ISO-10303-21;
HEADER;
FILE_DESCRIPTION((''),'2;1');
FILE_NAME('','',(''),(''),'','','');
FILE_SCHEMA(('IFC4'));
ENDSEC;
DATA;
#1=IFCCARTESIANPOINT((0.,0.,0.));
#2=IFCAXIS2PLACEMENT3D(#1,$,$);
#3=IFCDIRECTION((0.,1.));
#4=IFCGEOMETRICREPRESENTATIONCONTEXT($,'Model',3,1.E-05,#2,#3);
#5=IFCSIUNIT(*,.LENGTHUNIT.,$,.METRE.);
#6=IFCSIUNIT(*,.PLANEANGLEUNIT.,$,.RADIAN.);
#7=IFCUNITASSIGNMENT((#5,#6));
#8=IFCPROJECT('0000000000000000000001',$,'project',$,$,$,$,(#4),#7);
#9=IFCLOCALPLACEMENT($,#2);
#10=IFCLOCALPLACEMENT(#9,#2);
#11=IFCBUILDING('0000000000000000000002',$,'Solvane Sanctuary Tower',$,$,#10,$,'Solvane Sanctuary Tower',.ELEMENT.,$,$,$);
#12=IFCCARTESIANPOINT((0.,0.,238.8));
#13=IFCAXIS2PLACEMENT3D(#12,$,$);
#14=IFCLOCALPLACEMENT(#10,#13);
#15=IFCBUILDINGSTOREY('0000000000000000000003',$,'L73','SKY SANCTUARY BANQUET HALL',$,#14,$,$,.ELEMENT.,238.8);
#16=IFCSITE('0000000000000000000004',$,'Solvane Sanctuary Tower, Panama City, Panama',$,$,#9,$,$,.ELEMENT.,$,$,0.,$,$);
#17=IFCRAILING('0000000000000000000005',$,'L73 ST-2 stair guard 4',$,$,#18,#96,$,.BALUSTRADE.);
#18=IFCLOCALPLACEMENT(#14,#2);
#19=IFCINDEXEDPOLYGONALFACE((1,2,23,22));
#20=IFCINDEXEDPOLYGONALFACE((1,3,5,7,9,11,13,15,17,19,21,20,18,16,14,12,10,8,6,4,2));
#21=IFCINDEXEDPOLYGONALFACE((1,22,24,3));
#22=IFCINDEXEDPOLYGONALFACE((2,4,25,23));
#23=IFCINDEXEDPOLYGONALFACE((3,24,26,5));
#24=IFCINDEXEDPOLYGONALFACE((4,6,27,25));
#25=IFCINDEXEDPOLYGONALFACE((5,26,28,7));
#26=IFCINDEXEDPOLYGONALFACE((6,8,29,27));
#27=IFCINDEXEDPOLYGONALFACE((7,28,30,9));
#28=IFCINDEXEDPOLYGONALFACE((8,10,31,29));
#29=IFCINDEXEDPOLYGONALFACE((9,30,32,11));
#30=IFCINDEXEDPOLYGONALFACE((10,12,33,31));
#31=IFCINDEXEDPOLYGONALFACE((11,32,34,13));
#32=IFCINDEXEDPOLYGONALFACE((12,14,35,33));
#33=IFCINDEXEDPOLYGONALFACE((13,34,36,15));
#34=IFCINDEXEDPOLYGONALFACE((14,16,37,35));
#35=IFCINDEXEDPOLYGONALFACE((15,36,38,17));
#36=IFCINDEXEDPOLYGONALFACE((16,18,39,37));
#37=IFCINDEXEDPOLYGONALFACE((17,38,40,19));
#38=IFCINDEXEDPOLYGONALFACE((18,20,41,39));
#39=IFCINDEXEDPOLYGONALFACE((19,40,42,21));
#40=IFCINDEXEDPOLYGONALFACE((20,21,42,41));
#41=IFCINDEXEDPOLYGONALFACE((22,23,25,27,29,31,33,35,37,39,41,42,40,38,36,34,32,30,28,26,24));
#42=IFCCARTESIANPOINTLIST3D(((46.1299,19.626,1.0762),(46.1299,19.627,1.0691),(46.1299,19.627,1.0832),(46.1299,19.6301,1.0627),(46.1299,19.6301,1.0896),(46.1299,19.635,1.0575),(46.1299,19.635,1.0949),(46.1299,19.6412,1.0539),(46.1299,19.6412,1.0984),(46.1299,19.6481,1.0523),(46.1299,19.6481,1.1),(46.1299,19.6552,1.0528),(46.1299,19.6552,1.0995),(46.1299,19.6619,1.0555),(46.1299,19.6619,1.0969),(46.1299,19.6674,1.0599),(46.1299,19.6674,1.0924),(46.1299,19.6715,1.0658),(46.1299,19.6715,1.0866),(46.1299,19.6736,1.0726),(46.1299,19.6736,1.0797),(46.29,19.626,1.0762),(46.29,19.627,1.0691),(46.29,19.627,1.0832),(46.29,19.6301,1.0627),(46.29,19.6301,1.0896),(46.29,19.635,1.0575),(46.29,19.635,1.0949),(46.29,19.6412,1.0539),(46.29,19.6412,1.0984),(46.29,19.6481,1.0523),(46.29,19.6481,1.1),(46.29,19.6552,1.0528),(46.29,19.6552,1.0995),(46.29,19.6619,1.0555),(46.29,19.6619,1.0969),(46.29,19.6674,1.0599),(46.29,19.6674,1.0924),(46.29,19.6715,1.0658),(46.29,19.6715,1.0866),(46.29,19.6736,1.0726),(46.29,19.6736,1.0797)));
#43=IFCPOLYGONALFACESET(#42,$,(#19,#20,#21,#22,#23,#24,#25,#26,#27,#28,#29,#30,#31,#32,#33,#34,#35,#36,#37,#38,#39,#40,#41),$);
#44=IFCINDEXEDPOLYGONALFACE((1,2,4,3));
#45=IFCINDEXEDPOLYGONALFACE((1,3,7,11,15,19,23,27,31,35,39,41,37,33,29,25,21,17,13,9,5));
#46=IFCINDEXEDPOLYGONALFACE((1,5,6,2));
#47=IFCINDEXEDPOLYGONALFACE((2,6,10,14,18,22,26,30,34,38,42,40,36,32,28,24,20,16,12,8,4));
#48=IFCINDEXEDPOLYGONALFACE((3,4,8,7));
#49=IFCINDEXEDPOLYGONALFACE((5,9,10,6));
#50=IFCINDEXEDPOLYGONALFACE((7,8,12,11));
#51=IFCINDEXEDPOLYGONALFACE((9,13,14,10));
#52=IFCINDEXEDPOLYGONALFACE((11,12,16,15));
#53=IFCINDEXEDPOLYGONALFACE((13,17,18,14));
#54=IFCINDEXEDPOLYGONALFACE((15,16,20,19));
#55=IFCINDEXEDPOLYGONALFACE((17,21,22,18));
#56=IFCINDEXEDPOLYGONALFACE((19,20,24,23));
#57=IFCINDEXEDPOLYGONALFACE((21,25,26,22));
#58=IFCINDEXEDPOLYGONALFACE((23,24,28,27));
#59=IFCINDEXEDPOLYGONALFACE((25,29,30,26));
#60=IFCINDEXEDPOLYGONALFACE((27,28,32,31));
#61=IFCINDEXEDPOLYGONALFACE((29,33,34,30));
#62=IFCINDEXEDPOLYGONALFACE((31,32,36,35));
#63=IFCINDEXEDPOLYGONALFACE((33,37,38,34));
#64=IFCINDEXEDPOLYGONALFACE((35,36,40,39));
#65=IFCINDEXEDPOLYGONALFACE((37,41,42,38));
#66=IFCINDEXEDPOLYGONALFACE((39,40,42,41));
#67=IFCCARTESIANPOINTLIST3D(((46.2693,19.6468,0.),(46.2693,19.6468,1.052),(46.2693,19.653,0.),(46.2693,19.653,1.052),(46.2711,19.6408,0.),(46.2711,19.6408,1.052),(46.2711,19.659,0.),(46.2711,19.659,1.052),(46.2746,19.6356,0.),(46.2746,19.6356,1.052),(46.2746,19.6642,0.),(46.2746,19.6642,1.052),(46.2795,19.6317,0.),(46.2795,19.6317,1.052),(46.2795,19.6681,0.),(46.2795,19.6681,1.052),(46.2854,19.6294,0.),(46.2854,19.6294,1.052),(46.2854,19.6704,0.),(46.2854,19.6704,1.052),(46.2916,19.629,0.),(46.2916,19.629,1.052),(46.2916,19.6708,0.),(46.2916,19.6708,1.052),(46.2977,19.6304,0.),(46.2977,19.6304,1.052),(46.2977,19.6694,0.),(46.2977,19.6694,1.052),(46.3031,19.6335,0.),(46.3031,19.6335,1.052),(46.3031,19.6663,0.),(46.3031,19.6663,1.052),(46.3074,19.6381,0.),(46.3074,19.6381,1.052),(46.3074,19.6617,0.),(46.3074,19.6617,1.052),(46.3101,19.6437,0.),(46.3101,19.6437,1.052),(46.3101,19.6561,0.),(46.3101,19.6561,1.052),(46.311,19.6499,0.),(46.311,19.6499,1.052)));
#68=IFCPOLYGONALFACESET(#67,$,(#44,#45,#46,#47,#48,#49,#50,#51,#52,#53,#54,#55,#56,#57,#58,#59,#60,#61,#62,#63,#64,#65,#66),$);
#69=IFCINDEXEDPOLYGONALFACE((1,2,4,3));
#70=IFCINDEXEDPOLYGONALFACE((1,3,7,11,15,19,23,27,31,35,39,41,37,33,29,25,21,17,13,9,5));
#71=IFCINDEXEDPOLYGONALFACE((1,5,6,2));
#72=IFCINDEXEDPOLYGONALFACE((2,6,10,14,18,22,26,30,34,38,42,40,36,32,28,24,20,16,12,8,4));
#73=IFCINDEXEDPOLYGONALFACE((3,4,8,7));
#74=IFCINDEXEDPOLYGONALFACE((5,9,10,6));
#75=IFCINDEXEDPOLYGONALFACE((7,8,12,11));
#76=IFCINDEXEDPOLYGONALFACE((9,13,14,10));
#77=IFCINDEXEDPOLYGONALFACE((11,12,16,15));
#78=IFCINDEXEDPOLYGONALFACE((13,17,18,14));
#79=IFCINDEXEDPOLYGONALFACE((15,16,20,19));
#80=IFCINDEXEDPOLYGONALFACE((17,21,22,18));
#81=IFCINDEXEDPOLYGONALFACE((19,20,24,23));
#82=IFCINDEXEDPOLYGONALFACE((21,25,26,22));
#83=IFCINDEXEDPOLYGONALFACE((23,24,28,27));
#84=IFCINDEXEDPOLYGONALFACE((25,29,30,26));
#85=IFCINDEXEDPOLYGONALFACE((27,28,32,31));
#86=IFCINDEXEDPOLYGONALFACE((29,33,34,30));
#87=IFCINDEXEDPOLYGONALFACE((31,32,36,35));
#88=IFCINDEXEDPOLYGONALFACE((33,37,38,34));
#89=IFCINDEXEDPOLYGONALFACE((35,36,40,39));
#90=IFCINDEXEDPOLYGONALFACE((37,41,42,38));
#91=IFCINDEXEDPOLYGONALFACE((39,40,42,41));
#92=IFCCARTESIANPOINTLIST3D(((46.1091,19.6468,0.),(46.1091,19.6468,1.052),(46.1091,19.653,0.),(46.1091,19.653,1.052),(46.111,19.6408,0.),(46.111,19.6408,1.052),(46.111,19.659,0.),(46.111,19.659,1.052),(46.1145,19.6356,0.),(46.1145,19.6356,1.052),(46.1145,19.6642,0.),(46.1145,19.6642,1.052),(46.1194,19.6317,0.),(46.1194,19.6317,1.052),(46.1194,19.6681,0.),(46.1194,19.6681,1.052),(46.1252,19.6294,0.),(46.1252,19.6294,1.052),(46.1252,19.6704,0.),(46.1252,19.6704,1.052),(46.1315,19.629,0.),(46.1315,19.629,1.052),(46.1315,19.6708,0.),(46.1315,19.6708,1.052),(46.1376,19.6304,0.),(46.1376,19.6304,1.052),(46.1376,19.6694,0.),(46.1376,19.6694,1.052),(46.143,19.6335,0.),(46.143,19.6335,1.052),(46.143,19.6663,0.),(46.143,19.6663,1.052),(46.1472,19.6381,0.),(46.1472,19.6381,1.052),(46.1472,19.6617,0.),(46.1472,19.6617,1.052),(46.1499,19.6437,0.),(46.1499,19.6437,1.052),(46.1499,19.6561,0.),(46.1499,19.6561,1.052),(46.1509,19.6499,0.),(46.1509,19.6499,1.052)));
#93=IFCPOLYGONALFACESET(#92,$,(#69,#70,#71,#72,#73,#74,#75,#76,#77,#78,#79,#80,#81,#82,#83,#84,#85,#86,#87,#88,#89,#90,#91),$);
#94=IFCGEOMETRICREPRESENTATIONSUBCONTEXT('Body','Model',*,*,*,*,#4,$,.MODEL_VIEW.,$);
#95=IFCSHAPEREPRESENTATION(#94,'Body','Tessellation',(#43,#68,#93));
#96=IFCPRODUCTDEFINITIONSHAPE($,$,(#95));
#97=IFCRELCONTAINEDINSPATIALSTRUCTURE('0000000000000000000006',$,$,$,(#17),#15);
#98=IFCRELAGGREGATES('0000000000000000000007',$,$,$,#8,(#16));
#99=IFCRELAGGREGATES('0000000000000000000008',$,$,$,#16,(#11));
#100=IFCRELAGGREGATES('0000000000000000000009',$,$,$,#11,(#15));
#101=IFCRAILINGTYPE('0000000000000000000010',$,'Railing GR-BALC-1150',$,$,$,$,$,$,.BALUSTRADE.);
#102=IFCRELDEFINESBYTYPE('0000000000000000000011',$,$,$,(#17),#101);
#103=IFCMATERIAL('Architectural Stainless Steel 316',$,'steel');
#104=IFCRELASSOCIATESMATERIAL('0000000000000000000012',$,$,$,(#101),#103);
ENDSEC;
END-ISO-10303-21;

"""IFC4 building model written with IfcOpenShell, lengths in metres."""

from ifc_helpers import new_model, si_unit, direction, frame, origin, origin_2d, place, context, subcontext, project, spatial, circle, extrude, material, type_object, element, save


model = new_model("IFC4")

# Units and contexts
model_context = context("Model", 3, precision=1e-05, world=origin(), true_north=direction((0.0, 1.0)))
body_context = subcontext(model_context, "Body", "Model", "MODEL_VIEW")
ifc_project = project(units=[si_unit("LENGTHUNIT", "METRE"), si_unit("PLANEANGLEUNIT", "RADIAN")], contexts=[model_context])

# Site, building, storey
site_placement = place(None, origin())
site = spatial("IfcSite", under=ifc_project, at=site_placement, Name="Solvane Sanctuary Tower, Panama City, Panama", CompositionType="ELEMENT", RefElevation=0.0)
building_placement = place(site_placement, origin())
building = spatial("IfcBuilding", under=site, at=building_placement, Name="Solvane Sanctuary Tower", LongName="Solvane Sanctuary Tower", CompositionType="ELEMENT")
storey_placement = place(building_placement, frame((0.0, 0.0, 238.8)))
storey = spatial("IfcBuildingStorey", under=building, at=storey_placement, Name="L73", Description="SKY SANCTUARY BANQUET HALL", CompositionType="ELEMENT", Elevation=238.8)

# Railing
ifc_material_1 = material(Name="Architectural Stainless Steel 316", Category="steel")
railing_type_1 = type_object("IfcRailingType", Name="Railing GR-BALC-1150", PredefinedType="BALUSTRADE", material=ifc_material_1)
railing_1_placement = place(storey_placement, frame((46.29, 19.6499, 0.0)))
element("IfcRailing", 1, at=railing_1_placement, inside=storey, type_object=railing_type_1, Name="L73 ST-2 stair guard 4", PredefinedType="BALUSTRADE", context=body_context, shape_type="SweptSolid", body=[
    extrude(circle(Radius=0.0239, at=origin_2d()), frame((0.0, 0.0, 1.0762), z_axis=(-1.0, 0.0, 0.0), x_axis=(0.0, -1.0, 0.0)), (0.0, 0.0, 1.0), 0.1602),
    extrude(circle(Radius=0.021, at=origin_2d()), origin(), (0.0, 0.0, 1.0), 1.052),
    extrude(circle(Radius=0.021, at=origin_2d()), frame((-0.1602, 0.0, 0.0)), (0.0, 0.0, 1.0), 1.052),
])

save(model, "model.ifc")
